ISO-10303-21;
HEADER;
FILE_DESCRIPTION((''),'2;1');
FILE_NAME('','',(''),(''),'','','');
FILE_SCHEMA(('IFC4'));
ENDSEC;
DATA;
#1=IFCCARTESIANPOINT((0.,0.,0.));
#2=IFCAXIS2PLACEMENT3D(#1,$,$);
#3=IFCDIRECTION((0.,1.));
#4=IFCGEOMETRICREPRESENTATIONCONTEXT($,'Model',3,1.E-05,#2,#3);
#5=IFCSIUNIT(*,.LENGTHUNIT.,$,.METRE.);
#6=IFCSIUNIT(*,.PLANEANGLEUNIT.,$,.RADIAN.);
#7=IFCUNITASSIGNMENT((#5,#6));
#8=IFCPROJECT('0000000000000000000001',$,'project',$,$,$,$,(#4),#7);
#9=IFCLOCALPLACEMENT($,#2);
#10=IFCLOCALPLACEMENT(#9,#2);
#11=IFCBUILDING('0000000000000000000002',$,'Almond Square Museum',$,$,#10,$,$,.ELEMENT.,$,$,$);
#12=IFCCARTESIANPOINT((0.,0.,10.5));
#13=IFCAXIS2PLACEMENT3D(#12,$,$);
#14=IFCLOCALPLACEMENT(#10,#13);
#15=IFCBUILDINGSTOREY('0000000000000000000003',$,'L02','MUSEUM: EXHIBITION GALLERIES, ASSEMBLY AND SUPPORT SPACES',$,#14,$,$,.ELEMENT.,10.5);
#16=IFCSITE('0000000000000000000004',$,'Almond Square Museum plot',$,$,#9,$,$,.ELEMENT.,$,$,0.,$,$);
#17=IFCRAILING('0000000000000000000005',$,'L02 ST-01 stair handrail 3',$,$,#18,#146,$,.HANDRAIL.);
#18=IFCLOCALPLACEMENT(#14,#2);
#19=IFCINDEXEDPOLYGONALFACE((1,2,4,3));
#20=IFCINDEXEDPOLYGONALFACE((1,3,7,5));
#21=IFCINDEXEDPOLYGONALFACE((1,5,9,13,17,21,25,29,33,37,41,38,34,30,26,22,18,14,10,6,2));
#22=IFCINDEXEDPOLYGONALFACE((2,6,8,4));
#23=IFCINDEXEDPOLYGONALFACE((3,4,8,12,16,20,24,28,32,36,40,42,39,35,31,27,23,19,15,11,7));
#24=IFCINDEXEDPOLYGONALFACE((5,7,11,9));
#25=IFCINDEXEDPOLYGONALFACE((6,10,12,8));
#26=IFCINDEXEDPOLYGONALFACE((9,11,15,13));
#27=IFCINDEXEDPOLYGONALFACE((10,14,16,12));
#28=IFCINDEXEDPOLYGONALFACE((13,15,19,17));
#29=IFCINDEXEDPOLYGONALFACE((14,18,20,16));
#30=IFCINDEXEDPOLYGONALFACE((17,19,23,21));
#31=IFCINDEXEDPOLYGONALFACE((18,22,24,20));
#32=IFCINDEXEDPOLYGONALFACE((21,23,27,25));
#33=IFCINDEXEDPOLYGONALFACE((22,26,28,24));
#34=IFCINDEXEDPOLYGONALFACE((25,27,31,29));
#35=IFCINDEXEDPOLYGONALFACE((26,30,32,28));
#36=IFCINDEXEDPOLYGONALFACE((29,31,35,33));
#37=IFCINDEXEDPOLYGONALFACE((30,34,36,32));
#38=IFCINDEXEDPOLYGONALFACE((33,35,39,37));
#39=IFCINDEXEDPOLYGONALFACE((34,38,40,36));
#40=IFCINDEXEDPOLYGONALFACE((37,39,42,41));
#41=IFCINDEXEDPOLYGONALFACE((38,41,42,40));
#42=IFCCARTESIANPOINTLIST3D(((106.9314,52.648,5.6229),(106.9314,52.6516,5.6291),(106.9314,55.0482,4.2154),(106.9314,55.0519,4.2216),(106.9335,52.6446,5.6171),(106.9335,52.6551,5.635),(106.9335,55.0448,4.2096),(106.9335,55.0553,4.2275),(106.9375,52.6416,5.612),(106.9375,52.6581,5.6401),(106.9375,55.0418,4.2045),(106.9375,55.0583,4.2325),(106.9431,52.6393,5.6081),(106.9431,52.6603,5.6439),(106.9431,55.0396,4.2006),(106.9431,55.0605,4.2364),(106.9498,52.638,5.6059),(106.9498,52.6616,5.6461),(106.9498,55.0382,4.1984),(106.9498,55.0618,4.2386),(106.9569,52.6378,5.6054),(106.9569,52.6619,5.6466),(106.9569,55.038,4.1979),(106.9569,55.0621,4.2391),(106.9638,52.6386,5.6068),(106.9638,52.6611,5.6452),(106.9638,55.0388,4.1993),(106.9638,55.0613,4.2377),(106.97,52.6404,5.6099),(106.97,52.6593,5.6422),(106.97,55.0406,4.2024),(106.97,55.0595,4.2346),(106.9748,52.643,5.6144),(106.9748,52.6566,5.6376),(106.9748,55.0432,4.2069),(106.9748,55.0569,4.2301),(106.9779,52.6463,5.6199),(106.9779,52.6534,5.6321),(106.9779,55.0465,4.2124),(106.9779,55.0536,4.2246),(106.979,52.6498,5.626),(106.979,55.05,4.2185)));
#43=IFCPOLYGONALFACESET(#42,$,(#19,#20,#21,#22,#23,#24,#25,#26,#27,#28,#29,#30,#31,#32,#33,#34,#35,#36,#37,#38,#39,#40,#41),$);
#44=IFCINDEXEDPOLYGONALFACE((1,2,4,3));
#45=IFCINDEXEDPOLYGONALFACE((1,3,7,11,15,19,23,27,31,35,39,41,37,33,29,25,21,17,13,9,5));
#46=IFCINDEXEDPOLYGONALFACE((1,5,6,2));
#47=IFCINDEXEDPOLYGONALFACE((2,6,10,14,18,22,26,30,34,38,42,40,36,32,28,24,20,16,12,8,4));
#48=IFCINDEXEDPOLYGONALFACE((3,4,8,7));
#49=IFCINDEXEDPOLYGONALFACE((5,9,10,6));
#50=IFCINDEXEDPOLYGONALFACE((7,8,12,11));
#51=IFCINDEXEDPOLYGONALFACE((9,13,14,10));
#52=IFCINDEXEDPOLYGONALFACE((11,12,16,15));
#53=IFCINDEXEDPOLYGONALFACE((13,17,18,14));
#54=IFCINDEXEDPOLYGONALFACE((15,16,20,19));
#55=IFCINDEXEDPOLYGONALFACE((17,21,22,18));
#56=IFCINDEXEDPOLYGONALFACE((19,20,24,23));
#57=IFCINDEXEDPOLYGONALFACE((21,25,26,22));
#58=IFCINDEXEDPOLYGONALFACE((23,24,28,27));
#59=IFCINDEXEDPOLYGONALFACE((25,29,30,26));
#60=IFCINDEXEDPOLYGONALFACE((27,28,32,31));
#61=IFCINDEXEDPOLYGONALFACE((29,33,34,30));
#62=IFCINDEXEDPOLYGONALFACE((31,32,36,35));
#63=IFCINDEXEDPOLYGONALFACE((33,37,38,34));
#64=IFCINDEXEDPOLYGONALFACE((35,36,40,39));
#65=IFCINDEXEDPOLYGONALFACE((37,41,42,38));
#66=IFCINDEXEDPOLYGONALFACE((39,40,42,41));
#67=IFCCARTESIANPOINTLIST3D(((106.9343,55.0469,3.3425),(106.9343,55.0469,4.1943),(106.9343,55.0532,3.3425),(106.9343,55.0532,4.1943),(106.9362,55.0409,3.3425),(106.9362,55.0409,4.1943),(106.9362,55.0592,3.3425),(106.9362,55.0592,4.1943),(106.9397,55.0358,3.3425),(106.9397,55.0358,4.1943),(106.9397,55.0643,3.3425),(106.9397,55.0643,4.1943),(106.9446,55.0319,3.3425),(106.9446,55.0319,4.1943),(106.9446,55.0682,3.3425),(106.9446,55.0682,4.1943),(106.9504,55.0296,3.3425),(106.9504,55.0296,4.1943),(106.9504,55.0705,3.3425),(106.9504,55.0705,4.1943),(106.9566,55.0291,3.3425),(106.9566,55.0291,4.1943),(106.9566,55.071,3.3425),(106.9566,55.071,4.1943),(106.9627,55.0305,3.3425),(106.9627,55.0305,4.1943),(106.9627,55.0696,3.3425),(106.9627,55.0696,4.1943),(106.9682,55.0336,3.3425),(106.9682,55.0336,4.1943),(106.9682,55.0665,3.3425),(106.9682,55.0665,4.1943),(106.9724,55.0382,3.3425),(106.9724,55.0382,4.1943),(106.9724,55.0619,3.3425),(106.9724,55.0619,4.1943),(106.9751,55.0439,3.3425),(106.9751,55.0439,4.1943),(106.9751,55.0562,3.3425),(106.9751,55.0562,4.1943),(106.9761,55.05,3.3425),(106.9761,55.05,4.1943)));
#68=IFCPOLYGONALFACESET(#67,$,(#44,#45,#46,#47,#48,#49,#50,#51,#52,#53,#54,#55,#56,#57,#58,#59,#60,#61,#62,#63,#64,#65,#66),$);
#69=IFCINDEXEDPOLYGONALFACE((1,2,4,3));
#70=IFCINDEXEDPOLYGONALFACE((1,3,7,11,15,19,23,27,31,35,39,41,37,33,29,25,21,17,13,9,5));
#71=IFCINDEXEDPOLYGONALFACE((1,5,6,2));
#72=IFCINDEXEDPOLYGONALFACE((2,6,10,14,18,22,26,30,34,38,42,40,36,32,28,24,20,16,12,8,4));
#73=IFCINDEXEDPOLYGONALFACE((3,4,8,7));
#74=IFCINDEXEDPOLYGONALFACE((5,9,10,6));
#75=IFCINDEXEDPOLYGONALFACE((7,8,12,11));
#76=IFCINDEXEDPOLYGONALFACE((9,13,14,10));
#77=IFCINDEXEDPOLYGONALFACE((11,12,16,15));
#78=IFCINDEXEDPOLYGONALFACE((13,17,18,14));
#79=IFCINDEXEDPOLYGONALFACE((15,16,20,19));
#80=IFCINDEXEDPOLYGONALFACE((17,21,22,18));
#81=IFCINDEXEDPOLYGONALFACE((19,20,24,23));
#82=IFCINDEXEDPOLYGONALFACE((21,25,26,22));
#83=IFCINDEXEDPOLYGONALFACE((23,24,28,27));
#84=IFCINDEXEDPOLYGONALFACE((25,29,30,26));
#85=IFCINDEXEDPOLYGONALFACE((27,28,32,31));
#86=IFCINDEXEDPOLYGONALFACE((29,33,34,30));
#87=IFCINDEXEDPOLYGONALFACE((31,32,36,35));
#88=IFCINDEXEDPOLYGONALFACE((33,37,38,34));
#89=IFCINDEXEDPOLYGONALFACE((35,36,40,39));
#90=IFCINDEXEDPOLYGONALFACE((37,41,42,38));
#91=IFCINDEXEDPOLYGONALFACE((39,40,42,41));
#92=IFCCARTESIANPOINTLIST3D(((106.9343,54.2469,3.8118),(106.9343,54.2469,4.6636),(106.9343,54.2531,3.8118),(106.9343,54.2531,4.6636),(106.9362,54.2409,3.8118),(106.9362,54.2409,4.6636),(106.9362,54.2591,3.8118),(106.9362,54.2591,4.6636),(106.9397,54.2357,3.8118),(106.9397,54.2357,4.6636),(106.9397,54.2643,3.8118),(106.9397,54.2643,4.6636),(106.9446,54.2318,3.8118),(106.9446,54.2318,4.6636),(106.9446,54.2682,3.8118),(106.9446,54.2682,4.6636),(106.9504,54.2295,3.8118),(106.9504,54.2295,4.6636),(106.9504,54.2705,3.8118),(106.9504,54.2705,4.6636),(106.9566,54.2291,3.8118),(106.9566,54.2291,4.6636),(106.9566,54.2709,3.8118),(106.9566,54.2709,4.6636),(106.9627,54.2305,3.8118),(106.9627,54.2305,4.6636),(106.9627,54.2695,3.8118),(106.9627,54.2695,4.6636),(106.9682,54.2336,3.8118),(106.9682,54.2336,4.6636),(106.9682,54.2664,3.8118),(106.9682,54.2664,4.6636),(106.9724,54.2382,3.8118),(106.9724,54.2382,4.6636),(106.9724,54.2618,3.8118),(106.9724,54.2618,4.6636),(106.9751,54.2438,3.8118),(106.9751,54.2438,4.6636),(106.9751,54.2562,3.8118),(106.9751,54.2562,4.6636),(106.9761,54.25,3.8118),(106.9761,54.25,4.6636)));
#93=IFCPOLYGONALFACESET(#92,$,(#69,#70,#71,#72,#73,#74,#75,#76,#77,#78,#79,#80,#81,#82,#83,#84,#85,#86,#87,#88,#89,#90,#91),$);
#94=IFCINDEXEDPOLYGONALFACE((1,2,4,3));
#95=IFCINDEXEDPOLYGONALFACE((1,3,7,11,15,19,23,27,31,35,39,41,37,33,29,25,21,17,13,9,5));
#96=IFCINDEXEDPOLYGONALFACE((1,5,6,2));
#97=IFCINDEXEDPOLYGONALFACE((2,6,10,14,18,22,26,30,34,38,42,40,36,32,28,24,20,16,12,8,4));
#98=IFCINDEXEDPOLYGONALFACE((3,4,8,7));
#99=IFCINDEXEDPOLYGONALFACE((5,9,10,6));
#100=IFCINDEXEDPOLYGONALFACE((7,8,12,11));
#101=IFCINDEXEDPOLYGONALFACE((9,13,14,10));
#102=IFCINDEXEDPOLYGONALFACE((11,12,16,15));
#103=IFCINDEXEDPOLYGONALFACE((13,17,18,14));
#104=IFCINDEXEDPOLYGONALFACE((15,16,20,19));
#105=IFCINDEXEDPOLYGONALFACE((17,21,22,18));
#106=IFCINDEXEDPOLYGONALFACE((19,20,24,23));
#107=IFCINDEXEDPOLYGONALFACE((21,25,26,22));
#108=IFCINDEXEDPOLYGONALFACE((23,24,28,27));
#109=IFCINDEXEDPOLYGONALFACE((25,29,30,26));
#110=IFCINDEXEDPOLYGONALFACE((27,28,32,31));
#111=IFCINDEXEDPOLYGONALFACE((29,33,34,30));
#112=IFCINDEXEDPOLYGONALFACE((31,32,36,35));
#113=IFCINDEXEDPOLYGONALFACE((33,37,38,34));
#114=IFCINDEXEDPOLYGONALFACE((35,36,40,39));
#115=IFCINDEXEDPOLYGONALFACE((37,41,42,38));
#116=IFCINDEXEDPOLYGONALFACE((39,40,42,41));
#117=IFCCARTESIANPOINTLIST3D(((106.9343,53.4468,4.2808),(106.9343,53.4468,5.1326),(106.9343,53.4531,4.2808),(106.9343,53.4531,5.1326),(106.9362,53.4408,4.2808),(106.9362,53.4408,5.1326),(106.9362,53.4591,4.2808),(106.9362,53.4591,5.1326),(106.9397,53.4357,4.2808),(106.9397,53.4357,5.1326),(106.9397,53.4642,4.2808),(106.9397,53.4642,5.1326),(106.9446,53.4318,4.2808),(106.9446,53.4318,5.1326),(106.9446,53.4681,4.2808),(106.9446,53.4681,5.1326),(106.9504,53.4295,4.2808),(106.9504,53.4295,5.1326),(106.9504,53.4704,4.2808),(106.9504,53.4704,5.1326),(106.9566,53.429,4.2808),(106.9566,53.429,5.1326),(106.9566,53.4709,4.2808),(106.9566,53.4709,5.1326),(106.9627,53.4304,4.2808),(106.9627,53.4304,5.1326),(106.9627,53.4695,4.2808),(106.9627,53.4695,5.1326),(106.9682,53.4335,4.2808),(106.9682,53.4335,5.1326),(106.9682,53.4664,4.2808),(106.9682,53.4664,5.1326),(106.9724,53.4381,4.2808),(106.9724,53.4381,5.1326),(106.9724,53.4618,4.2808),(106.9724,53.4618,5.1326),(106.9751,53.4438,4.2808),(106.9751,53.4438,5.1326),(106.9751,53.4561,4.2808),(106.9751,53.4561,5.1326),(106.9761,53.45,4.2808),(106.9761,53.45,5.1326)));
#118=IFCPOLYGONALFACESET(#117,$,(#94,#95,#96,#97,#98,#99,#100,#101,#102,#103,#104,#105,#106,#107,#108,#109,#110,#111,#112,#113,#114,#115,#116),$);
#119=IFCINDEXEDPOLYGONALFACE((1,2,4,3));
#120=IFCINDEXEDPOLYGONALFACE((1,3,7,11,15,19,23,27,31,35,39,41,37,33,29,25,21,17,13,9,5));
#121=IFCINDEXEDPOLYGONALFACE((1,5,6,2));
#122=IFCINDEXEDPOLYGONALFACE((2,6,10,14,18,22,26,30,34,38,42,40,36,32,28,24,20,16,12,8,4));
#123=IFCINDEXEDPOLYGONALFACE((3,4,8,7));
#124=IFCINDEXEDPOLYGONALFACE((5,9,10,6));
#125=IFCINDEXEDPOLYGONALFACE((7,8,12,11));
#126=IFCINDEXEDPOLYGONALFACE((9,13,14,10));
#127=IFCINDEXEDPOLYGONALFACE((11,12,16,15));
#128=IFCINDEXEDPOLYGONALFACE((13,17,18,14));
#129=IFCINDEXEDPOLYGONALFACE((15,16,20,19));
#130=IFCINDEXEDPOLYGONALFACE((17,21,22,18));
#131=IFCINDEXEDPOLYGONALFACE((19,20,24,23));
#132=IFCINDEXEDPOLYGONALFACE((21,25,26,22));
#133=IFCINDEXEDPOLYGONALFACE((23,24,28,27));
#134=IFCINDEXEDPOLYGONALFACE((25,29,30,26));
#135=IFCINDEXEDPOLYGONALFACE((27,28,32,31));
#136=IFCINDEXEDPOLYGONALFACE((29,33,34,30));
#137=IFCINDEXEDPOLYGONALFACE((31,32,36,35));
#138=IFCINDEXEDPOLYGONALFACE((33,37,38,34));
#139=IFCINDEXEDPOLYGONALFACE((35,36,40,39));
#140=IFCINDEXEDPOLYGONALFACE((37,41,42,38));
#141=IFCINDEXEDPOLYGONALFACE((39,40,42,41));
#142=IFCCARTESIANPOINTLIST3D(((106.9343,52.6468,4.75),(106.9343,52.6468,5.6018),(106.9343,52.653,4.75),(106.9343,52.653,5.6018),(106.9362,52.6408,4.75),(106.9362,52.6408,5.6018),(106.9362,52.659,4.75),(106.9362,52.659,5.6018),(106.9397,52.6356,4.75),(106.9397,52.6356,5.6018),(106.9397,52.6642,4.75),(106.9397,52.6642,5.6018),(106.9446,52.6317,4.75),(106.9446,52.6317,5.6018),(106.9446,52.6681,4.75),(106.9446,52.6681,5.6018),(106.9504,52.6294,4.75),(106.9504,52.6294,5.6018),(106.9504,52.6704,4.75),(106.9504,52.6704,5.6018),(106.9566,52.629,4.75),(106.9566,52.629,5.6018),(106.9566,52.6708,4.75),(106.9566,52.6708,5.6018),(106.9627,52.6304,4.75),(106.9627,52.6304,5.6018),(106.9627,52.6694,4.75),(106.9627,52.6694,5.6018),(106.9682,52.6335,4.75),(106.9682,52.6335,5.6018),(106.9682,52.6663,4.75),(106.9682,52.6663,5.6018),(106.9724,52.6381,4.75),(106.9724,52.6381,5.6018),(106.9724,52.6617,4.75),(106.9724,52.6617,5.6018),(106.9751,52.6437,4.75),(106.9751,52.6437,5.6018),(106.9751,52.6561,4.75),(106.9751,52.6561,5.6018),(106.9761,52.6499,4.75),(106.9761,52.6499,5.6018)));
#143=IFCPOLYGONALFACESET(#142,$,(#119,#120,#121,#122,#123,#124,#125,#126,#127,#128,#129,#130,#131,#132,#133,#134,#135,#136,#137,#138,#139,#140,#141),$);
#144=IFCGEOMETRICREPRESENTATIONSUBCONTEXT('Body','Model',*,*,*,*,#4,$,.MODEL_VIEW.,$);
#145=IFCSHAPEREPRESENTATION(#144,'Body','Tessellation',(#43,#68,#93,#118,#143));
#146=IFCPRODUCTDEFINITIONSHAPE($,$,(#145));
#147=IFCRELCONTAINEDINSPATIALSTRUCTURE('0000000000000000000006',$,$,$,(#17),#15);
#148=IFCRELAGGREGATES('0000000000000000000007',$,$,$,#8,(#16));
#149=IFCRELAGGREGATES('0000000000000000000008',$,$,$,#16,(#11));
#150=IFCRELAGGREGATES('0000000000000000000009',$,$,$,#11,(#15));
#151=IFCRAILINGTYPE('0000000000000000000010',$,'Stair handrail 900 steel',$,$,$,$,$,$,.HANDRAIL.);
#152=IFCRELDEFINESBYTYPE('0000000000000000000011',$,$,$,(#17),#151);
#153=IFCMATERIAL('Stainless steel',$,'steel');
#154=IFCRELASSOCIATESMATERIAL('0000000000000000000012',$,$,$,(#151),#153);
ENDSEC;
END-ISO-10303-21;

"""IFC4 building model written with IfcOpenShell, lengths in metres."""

from ifc_helpers import new_model, si_unit, direction, frame, origin, origin_2d, place, context, subcontext, project, spatial, circle, extrude, material, type_object, element, save


model = new_model("IFC4")

# Units and contexts
model_context = context("Model", 3, precision=1e-05, world=origin(), true_north=direction((0.0, 1.0)))
body_context = subcontext(model_context, "Body", "Model", "MODEL_VIEW")
ifc_project = project(units=[si_unit("LENGTHUNIT", "METRE"), si_unit("PLANEANGLEUNIT", "RADIAN")], contexts=[model_context])

# Site, building, storey
site_placement = place(None, origin())
site = spatial("IfcSite", under=ifc_project, at=site_placement, Name="Almond Square Museum plot", CompositionType="ELEMENT", RefElevation=0.0)
building_placement = place(site_placement, origin())
building = spatial("IfcBuilding", under=site, at=building_placement, Name="Almond Square Museum", CompositionType="ELEMENT")
storey_placement = place(building_placement, frame((0.0, 0.0, 10.5)))
storey = spatial("IfcBuildingStorey", under=building, at=storey_placement, Name="L02", Description="MUSEUM: EXHIBITION GALLERIES, ASSEMBLY AND SUPPORT SPACES", CompositionType="ELEMENT", Elevation=10.5)

# Railing
ifc_material_1 = material(Name="Stainless steel", Category="steel")
railing_type_1 = type_object("IfcRailingType", Name="Stair handrail 900 steel", PredefinedType="HANDRAIL", material=ifc_material_1)
for number, where, name in (
    (1, (106.9551, 55.05, 3.3425), "L02 ST-01 stair handrail 3"),
):
    element("IfcRailing", number, at=place(storey_placement, frame(where)), inside=storey, type_object=railing_type_1, Name=name, PredefinedType="HANDRAIL", context=body_context, shape_type="SweptSolid", body=[
        extrude(circle(Radius=0.0239, at=origin_2d()), frame((0.0, 0.0, 0.876), z_axis=(0.0, -0.862621, 0.50585), x_axis=(1.0, 0.0, 0.0)), (0.0, 0.0, 1.0), 2.7825),
        extrude(circle(Radius=0.021, at=origin_2d()), origin(), (0.0, 0.0, 1.0), 0.8518),
        extrude(circle(Radius=0.021, at=origin_2d()), frame((0.0, -0.8, 0.4692)), (0.0, 0.0, 1.0), 0.8518),
        extrude(circle(Radius=0.021, at=origin_2d()), frame((0.0, -1.6001, 0.9382)), (0.0, 0.0, 1.0), 0.8518),
        extrude(circle(Radius=0.021, at=origin_2d()), frame((0.0, -2.4001, 1.4075)), (0.0, 0.0, 1.0), 0.8518),
    ])

save(model, "model.ifc")
